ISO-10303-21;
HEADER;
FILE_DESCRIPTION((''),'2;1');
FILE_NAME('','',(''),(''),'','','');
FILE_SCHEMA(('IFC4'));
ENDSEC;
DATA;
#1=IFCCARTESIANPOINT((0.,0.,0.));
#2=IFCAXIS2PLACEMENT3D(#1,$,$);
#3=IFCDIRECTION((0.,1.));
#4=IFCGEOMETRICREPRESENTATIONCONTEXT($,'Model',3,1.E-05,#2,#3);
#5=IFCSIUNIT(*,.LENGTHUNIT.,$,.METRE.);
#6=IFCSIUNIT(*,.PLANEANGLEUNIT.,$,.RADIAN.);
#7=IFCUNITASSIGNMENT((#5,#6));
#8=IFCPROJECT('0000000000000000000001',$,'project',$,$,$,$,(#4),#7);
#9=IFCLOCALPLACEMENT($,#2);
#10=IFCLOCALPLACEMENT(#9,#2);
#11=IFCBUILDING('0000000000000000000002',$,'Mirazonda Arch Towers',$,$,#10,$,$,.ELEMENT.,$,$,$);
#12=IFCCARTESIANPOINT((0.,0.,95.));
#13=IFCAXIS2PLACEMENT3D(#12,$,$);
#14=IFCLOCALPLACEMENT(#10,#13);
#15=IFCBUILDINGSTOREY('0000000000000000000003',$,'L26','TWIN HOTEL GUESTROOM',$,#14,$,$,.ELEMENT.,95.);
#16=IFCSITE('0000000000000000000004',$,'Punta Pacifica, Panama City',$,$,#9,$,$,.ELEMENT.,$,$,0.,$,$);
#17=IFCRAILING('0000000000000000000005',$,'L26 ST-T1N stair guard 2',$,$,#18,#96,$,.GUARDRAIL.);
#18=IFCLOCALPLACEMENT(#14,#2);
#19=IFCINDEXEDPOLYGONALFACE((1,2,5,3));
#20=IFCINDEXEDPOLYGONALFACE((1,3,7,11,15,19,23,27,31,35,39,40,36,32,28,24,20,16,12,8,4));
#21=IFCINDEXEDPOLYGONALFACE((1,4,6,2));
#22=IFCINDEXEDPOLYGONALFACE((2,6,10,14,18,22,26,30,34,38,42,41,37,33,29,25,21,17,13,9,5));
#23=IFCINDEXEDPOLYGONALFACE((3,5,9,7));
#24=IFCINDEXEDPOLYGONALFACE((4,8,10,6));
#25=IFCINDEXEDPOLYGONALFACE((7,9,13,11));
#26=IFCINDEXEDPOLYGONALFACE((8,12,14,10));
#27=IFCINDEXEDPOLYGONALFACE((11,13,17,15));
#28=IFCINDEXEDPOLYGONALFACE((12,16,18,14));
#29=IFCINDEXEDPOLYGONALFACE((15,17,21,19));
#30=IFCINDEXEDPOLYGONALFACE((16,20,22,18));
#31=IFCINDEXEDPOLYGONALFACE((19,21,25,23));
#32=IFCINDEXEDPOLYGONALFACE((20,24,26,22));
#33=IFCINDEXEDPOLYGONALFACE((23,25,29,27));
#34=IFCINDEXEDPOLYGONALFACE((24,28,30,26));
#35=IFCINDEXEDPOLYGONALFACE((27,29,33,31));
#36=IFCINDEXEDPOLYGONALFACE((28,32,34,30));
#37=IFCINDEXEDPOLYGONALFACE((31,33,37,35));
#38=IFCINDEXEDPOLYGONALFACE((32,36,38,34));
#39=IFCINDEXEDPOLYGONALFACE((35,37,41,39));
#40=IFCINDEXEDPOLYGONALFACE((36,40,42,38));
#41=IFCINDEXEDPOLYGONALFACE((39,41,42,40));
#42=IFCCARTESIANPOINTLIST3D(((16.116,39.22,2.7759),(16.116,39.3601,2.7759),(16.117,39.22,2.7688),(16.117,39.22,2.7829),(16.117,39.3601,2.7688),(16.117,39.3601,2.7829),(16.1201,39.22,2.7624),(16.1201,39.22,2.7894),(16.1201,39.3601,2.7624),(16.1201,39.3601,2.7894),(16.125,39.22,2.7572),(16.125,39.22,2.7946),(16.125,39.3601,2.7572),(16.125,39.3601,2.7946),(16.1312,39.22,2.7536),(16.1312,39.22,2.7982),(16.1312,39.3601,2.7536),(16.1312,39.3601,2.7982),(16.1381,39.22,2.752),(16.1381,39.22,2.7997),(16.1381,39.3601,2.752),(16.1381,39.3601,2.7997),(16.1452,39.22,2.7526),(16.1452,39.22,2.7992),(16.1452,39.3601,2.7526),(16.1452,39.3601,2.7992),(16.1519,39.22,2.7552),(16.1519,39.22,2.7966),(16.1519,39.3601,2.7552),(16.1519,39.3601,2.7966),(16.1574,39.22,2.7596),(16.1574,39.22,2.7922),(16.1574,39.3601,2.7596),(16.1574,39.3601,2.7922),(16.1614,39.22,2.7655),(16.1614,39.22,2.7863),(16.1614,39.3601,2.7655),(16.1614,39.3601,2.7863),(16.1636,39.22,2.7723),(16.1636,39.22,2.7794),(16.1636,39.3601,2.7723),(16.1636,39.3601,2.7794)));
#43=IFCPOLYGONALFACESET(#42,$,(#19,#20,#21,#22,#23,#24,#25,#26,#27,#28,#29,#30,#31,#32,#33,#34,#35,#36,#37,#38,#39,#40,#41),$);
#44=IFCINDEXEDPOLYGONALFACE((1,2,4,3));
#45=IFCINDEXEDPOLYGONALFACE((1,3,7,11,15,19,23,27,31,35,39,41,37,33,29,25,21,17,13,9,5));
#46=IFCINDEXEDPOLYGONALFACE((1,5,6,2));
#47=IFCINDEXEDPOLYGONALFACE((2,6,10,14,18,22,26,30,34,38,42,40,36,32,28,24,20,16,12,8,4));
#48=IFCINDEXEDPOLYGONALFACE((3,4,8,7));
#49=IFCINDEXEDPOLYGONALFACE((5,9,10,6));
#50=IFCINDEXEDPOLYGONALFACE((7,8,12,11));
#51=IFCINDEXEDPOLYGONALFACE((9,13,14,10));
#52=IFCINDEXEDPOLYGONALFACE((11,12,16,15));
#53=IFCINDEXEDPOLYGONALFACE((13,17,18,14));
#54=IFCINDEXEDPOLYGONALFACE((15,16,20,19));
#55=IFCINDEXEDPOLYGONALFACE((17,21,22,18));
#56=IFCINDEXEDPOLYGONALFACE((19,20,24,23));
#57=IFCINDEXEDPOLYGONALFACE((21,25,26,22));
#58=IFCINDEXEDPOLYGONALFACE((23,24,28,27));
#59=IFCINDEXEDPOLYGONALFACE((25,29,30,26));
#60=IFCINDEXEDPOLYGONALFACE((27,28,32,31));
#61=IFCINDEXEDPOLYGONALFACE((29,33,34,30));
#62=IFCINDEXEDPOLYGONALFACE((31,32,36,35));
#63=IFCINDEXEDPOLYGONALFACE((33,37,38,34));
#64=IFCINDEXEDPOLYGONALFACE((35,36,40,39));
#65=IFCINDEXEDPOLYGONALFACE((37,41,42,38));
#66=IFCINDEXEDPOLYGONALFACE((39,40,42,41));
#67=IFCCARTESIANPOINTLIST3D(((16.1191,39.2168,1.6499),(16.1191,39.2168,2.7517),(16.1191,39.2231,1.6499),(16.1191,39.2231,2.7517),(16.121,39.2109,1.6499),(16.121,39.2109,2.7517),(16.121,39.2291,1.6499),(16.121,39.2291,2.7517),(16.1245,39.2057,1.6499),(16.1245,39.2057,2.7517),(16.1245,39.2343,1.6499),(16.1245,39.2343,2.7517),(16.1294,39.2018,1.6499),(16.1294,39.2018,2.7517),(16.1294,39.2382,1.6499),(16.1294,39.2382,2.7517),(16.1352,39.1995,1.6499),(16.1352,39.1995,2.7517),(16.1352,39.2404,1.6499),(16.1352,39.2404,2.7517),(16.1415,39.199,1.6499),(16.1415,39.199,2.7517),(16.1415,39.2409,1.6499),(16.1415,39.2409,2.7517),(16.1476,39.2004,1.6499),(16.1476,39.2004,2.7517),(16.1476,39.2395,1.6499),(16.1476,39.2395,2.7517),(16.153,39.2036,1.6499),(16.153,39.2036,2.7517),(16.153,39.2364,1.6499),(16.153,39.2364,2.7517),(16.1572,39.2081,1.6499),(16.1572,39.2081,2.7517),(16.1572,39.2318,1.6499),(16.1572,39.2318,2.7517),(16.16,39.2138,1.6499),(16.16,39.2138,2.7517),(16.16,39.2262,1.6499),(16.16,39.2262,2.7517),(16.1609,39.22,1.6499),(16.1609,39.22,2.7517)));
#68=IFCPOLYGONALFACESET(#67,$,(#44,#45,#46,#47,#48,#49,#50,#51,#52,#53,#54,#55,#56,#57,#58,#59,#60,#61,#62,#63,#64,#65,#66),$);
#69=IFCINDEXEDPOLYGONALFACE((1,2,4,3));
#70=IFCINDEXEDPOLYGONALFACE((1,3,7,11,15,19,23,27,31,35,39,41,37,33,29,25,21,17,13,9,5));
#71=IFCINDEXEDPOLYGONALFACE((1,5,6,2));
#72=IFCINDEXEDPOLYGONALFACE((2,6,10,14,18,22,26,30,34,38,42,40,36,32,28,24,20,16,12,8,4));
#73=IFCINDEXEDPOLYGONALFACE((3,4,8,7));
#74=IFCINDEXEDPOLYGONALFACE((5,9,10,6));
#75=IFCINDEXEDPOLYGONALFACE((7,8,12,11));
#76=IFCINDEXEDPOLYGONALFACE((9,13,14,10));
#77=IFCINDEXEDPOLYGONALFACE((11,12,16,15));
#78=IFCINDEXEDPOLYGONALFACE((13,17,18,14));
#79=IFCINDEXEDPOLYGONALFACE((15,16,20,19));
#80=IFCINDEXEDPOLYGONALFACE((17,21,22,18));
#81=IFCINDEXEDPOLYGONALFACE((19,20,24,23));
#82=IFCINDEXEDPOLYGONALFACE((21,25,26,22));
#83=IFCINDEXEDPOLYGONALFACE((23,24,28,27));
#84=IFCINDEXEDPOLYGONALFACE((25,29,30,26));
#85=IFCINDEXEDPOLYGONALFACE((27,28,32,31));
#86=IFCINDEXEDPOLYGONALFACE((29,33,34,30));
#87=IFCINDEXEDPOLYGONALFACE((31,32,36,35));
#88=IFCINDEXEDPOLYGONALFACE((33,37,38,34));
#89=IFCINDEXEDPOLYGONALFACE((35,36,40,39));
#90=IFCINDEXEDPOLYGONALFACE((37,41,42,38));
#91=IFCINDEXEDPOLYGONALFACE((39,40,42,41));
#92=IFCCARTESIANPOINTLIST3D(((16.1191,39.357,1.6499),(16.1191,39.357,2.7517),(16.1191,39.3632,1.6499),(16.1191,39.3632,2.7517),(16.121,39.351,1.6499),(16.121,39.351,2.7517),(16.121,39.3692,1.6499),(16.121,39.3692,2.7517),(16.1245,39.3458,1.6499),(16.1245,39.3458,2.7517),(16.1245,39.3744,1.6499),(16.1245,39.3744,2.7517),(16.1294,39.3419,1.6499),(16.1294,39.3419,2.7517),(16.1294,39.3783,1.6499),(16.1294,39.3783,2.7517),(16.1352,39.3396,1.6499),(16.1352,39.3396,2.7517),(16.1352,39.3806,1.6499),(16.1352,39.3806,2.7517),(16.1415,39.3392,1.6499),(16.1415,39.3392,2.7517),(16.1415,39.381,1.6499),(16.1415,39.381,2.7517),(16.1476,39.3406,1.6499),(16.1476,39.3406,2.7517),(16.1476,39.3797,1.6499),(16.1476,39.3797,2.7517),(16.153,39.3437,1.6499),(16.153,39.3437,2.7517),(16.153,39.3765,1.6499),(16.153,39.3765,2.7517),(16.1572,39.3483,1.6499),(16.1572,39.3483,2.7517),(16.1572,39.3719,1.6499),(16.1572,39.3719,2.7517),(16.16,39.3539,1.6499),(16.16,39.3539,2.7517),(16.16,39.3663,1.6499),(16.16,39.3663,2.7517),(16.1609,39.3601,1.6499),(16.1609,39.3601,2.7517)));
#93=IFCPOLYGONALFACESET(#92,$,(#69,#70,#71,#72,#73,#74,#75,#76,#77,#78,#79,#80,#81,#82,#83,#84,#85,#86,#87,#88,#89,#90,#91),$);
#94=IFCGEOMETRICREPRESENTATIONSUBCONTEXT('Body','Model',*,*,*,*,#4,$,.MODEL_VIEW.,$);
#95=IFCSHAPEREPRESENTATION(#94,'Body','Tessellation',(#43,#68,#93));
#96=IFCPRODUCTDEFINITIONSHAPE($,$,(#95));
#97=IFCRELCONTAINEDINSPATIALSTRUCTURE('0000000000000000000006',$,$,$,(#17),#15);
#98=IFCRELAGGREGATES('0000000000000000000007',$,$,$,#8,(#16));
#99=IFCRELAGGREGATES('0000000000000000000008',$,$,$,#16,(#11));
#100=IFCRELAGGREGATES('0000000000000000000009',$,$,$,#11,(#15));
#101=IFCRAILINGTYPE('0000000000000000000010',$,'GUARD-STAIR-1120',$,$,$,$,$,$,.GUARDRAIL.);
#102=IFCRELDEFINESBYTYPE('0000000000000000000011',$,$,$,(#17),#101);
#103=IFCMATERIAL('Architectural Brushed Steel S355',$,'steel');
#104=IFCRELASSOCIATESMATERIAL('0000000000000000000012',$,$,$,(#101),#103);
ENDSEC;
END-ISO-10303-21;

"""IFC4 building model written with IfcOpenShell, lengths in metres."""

from ifc_helpers import new_model, si_unit, direction, frame, origin, origin_2d, place, context, subcontext, project, spatial, circle, extrude, material, type_object, element, save


model = new_model("IFC4")

# Units and contexts
model_context = context("Model", 3, precision=1e-05, world=origin(), true_north=direction((0.0, 1.0)))
body_context = subcontext(model_context, "Body", "Model", "MODEL_VIEW")
ifc_project = project(units=[si_unit("LENGTHUNIT", "METRE"), si_unit("PLANEANGLEUNIT", "RADIAN")], contexts=[model_context])

# Site, building, storey
site_placement = place(None, origin())
site = spatial("IfcSite", under=ifc_project, at=site_placement, Name="Punta Pacifica, Panama City", CompositionType="ELEMENT", RefElevation=0.0)
building_placement = place(site_placement, origin())
building = spatial("IfcBuilding", under=site, at=building_placement, Name="Mirazonda Arch Towers", CompositionType="ELEMENT")
storey_placement = place(building_placement, frame((0.0, 0.0, 95.0)))
storey = spatial("IfcBuildingStorey", under=building, at=storey_placement, Name="L26", Description="TWIN HOTEL GUESTROOM", CompositionType="ELEMENT", Elevation=95.0)

# Shared definitions
ifc_material_1 = material(Name="Architectural Brushed Steel S355", Category="steel")

# Railing
railing_type_1 = type_object("IfcRailingType", Name="GUARD-STAIR-1120", PredefinedType="GUARDRAIL", material=ifc_material_1)
railing_1_placement = place(storey_placement, frame((16.1399, 39.22, 1.6499)))
element("IfcRailing", 1, at=railing_1_placement, inside=storey, type_object=railing_type_1, Name="L26 ST-T1N stair guard 2", PredefinedType="GUARDRAIL", context=body_context, shape_type="SweptSolid", body=[
    extrude(circle(Radius=0.0239, at=origin_2d()), frame((0.0, 0.0, 1.126), z_axis=(0.0, 1.0, 0.0), x_axis=(-1.0, 0.0, 0.0)), (0.0, 0.0, 1.0), 0.1401),
    extrude(circle(Radius=0.021, at=origin_2d()), origin(), (0.0, 0.0, 1.0), 1.1018),
    extrude(circle(Radius=0.021, at=origin_2d()), frame((0.0, 0.1401, 0.0)), (0.0, 0.0, 1.0), 1.1018),
])

save(model, "model.ifc")
